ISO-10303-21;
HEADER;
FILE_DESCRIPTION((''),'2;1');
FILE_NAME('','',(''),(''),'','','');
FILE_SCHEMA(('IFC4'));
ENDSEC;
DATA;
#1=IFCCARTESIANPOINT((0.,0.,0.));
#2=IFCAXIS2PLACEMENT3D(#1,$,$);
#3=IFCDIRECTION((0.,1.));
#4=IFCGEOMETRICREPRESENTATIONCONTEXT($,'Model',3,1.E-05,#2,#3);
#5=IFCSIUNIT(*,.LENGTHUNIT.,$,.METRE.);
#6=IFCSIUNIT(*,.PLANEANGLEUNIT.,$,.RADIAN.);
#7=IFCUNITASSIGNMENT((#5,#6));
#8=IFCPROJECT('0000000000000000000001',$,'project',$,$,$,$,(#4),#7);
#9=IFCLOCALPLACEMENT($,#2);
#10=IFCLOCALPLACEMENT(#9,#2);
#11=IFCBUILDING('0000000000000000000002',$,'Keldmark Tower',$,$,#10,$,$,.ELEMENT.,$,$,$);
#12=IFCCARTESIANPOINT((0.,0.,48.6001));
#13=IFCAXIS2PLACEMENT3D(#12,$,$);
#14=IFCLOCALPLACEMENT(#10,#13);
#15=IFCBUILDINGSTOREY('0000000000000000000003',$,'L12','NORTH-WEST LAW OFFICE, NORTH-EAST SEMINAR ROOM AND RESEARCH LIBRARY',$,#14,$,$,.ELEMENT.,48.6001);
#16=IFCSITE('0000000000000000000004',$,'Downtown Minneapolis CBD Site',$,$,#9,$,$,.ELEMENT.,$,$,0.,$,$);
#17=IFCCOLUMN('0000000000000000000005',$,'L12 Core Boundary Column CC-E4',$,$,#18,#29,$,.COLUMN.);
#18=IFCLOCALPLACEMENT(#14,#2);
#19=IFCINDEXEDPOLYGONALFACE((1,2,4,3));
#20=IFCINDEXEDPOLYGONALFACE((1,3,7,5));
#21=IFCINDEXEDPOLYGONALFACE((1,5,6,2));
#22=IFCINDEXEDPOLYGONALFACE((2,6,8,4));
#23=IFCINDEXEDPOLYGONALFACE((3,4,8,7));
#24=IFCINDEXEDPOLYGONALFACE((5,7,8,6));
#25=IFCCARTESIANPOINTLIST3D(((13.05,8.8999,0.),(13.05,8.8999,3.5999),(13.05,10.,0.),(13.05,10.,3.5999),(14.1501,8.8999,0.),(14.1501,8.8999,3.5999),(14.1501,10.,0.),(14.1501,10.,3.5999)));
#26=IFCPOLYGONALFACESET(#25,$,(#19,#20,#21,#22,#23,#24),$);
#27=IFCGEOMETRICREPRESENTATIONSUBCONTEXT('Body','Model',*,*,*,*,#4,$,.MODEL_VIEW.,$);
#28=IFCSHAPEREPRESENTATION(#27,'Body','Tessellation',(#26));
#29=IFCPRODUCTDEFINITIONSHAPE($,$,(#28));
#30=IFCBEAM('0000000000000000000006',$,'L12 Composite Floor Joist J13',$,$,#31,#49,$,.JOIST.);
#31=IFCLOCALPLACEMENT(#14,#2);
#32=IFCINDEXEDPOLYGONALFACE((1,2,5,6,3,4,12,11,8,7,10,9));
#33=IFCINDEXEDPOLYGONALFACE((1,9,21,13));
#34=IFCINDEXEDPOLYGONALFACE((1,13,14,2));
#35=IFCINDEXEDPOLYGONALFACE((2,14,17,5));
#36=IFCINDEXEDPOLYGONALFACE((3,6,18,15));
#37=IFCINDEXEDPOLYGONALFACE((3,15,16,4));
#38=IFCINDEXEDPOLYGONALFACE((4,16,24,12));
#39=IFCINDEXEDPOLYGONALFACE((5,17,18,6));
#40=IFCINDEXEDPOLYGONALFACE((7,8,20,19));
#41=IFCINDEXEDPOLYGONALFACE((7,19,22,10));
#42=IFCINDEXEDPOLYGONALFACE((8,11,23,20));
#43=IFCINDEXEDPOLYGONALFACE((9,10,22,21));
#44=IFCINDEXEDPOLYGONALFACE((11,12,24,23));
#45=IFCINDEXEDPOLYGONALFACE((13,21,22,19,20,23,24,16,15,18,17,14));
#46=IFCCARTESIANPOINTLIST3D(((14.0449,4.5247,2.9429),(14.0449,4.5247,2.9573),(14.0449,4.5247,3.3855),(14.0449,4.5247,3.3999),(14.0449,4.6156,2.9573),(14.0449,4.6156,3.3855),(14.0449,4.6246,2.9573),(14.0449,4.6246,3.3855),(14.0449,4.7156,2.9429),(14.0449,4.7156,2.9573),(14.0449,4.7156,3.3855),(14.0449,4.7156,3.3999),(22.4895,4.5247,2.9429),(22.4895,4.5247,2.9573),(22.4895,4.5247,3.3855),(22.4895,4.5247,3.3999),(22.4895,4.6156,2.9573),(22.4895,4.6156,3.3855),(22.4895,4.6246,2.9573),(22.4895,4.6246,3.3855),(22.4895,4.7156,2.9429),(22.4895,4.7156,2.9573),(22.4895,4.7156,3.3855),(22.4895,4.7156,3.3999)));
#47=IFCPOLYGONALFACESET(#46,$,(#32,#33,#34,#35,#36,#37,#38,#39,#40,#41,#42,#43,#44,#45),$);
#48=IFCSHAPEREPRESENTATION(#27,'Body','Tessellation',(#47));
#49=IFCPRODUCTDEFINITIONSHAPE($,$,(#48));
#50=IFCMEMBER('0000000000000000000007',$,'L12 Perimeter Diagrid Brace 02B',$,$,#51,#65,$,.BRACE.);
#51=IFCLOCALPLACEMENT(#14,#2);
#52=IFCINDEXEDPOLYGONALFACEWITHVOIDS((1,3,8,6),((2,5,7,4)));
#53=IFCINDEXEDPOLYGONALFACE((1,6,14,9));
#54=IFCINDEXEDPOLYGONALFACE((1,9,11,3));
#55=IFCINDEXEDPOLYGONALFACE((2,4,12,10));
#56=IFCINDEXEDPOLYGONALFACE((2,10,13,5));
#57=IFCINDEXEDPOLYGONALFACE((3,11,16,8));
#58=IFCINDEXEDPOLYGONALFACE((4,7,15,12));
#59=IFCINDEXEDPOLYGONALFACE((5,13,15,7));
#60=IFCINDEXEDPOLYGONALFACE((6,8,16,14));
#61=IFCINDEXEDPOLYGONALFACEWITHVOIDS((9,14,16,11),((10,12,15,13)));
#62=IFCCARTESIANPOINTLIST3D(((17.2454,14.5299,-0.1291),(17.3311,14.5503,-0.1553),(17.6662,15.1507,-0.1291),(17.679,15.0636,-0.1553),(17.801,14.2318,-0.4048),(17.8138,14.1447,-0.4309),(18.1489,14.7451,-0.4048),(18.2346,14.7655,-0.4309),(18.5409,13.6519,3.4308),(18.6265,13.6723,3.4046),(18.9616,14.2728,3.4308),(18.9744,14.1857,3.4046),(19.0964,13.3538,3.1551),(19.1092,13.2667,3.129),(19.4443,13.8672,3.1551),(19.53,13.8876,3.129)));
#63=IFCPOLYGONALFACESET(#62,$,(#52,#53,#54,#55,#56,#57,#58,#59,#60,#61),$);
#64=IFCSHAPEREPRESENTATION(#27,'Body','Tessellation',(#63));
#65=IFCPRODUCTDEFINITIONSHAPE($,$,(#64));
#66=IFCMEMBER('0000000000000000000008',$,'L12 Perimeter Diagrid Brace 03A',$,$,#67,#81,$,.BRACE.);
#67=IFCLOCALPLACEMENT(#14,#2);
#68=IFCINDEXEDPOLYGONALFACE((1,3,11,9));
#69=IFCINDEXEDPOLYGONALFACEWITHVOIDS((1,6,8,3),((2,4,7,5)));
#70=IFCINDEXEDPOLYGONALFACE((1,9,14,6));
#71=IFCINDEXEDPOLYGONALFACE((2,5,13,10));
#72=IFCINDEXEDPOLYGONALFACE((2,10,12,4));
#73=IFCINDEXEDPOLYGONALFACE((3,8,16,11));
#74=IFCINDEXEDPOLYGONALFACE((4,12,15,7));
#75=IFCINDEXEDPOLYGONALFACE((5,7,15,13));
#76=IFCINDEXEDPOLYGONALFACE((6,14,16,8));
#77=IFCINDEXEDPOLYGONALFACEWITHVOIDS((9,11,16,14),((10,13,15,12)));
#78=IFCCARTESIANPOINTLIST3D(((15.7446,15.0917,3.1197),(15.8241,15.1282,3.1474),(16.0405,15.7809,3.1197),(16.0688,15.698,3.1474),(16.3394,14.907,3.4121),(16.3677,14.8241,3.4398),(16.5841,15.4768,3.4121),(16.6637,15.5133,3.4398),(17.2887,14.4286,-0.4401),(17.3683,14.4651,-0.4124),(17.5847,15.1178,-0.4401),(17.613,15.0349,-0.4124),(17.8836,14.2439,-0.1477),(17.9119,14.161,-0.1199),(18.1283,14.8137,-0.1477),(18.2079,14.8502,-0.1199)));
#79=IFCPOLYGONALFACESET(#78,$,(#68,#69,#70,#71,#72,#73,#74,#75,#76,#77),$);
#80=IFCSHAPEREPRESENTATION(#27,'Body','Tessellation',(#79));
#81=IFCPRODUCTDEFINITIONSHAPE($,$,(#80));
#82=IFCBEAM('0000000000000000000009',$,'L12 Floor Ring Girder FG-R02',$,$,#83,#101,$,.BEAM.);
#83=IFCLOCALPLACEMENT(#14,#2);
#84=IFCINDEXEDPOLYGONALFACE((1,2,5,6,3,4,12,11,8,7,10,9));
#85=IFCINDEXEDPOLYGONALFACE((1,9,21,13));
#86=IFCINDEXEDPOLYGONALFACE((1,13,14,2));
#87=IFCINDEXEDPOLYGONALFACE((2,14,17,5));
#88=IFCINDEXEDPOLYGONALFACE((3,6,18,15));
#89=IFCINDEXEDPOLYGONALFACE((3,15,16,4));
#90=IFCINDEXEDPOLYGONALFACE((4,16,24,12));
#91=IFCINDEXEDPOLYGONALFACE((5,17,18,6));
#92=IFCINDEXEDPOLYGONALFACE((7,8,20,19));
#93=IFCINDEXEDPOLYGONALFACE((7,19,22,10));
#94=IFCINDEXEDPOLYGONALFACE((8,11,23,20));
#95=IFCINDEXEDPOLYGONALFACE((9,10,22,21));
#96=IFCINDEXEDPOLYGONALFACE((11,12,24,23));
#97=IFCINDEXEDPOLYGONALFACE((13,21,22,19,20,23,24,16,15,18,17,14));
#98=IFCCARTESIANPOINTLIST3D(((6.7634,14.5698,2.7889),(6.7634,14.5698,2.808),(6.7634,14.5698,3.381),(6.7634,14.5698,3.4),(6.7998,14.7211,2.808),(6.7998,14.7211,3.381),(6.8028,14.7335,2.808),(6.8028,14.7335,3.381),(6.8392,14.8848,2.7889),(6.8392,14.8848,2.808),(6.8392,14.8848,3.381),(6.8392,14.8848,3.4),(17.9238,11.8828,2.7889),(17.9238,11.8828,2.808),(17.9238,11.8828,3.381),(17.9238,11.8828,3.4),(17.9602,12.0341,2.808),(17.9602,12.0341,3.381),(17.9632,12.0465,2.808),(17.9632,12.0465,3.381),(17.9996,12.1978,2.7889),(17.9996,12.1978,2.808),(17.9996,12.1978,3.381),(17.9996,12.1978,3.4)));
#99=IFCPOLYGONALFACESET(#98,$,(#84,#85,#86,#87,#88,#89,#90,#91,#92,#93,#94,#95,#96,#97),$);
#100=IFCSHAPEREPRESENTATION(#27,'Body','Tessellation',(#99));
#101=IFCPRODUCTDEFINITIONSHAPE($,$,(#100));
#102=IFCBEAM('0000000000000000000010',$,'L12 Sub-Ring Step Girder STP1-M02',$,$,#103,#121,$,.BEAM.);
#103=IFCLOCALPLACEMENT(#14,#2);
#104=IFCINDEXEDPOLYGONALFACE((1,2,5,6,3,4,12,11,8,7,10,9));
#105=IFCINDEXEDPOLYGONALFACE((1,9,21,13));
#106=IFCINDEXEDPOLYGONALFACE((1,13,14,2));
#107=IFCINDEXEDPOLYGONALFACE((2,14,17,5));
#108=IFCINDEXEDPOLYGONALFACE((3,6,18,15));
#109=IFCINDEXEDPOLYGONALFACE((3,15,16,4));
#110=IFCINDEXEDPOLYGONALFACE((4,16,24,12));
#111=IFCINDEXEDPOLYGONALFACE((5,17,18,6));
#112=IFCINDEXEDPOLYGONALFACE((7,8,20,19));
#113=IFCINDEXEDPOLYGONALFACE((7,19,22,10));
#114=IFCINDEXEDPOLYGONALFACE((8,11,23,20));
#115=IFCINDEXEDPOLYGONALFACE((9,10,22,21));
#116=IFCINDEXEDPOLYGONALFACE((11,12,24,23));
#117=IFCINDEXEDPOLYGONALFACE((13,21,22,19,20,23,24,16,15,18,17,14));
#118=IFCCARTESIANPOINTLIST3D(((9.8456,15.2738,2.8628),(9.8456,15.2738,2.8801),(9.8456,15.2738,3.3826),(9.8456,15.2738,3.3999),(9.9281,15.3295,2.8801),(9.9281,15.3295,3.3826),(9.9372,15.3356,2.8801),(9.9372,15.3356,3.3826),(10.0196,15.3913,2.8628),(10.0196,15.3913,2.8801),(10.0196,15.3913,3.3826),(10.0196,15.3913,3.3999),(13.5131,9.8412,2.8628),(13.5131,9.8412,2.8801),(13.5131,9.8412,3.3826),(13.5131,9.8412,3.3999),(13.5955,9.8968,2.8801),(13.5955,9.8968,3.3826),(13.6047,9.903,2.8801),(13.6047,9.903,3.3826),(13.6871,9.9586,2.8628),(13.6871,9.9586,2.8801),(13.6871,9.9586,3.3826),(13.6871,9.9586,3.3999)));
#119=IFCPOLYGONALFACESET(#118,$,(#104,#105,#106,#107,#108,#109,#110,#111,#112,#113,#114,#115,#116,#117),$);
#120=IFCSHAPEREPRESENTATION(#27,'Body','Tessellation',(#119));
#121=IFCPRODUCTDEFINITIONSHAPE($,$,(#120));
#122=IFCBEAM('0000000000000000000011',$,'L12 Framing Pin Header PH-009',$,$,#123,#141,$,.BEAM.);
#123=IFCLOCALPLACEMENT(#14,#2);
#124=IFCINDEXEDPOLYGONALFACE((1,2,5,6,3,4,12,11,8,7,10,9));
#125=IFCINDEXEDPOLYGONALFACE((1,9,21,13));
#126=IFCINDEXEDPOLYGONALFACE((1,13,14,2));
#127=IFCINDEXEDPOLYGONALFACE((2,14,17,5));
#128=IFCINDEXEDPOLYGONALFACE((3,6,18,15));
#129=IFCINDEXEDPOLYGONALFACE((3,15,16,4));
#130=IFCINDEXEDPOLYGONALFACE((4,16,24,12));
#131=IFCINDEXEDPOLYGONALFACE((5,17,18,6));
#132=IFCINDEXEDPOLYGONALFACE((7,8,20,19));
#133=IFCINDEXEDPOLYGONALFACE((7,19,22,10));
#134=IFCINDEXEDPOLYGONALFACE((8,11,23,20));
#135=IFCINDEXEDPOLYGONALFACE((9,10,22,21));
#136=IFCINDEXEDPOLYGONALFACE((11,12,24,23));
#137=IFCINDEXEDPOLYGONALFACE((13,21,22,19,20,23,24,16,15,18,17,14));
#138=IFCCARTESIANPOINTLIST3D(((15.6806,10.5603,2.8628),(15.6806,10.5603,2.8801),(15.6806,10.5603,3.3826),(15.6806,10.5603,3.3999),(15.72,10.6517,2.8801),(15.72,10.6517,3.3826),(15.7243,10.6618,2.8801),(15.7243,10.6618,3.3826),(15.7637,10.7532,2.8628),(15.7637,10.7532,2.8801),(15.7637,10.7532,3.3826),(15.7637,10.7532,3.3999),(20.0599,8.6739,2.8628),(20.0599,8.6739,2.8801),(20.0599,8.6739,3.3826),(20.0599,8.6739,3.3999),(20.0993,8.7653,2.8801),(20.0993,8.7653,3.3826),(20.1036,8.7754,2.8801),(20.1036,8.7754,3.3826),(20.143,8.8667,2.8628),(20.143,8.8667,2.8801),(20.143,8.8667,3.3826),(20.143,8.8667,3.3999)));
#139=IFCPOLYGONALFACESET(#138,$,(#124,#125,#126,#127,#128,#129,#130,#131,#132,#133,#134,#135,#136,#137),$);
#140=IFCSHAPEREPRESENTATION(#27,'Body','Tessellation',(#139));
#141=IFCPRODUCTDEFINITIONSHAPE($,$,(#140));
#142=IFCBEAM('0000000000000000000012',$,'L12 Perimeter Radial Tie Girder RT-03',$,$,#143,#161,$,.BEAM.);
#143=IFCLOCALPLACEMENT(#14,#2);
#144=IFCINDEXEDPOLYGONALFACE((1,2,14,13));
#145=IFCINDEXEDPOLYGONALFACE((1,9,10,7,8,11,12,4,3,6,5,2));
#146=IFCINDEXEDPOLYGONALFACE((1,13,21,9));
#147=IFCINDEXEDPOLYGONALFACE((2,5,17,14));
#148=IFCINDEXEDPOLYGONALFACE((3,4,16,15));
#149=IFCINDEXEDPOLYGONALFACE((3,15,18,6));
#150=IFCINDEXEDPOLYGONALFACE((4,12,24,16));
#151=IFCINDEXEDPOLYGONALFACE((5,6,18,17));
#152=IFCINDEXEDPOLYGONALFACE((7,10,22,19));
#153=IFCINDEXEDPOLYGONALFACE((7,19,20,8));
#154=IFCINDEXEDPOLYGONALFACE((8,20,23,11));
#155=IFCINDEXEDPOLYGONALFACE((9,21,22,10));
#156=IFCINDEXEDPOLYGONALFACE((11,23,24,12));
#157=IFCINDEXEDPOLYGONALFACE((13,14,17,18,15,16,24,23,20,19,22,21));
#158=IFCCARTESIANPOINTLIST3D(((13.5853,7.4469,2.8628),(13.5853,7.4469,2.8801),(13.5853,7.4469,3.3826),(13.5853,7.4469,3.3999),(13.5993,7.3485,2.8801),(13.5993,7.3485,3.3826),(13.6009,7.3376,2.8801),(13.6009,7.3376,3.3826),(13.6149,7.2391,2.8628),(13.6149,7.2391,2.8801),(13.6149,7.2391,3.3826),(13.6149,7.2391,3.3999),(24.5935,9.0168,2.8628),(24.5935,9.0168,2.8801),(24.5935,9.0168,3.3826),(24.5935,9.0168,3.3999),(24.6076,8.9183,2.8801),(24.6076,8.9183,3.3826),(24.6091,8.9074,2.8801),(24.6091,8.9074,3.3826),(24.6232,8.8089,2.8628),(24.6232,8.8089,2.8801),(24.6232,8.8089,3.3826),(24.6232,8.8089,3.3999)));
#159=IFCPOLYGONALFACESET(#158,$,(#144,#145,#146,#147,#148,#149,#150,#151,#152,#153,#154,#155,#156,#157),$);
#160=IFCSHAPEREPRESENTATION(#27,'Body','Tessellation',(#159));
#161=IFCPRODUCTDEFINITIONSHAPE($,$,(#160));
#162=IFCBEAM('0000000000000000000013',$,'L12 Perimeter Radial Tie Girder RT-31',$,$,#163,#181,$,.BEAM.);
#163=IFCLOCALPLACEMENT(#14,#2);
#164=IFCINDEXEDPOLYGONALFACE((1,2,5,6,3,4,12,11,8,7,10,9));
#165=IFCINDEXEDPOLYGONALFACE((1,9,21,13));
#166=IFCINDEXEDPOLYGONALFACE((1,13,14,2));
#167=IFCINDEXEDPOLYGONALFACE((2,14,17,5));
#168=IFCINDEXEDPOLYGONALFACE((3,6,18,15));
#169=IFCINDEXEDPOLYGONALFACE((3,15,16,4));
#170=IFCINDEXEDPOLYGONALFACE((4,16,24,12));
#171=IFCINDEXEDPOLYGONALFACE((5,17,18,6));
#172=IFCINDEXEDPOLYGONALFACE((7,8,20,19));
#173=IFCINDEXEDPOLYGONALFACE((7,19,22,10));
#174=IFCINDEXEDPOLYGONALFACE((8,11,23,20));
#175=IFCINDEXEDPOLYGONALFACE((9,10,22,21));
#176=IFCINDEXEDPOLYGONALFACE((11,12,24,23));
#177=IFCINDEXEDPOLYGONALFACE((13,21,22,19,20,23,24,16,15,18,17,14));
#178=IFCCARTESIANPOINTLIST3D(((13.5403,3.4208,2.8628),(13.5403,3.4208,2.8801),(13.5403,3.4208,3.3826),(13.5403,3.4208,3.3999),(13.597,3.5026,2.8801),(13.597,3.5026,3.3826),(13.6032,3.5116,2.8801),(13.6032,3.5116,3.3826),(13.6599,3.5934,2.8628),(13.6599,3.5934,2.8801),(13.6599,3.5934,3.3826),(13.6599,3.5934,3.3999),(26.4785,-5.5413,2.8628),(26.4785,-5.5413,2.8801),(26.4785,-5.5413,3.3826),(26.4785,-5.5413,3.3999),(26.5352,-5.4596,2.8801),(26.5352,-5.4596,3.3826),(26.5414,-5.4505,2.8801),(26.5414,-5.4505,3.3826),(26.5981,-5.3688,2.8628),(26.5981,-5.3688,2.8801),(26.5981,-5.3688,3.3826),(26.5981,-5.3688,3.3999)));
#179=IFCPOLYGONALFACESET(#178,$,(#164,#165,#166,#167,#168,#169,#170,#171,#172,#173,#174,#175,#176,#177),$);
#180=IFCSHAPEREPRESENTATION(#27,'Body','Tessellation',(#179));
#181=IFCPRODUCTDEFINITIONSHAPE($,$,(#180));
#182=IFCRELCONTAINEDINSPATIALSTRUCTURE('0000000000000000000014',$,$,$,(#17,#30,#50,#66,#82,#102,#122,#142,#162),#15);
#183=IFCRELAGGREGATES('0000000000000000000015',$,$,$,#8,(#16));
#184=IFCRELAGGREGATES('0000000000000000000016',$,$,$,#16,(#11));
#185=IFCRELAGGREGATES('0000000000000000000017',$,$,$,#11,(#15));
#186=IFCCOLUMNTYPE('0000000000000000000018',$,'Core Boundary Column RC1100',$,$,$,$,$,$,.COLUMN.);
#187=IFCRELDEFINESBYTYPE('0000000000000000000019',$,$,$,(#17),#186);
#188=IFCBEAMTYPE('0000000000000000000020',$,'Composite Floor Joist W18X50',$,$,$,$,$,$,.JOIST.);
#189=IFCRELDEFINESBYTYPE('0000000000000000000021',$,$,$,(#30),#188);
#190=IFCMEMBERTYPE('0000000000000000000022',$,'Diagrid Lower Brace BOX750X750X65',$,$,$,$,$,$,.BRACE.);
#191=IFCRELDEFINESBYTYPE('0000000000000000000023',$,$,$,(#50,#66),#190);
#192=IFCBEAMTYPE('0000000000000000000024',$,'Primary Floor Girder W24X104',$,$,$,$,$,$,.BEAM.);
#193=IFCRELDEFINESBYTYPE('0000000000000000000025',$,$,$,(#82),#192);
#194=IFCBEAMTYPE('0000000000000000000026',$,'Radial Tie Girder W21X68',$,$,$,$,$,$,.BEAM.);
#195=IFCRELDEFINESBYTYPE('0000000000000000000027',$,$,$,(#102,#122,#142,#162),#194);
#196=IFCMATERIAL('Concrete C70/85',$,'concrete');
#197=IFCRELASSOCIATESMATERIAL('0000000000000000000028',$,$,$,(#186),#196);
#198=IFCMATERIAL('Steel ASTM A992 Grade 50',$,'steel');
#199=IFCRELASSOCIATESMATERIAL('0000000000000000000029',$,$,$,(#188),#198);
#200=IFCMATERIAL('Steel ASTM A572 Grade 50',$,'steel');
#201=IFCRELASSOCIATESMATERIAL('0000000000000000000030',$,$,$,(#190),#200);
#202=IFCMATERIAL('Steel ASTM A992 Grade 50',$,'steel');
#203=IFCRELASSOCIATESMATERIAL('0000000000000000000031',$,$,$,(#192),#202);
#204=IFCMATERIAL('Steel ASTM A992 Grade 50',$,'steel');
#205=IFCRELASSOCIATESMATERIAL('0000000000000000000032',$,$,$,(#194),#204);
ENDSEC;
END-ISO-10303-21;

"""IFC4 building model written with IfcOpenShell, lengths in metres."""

from ifc_helpers import new_model, si_unit, direction, frame, origin, origin_2d, place, context, subcontext, project, spatial, rectangle, hollow_rectangle, i_section, extrude, material, material_profile, profile_set, type_object, element, save


model = new_model("IFC4")

# Units and contexts
model_context = context("Model", 3, precision=1e-05, world=origin(), true_north=direction((0.0, 1.0)))
body_context = subcontext(model_context, "Body", "Model", "MODEL_VIEW")
ifc_project = project(units=[si_unit("LENGTHUNIT", "METRE"), si_unit("PLANEANGLEUNIT", "RADIAN")], contexts=[model_context])

# Site, building, storey
site_placement = place(None, origin())
site = spatial("IfcSite", under=ifc_project, at=site_placement, Name="Downtown Minneapolis CBD Site", CompositionType="ELEMENT", RefElevation=0.0)
building_placement = place(site_placement, origin())
building = spatial("IfcBuilding", under=site, at=building_placement, Name="Keldmark Tower", CompositionType="ELEMENT")
storey_placement = place(building_placement, frame((0.0, 0.0, 48.6001)))
storey = spatial("IfcBuildingStorey", under=building, at=storey_placement, Name="L12", Description="NORTH-WEST LAW OFFICE, NORTH-EAST SEMINAR ROOM AND RESEARCH LIBRARY", CompositionType="ELEMENT", Elevation=48.6001)

# Column
ifc_material_1 = material(Name="Concrete C70/85", Category="concrete")
ifc_material_profile_1 = material_profile(ifc_material_1, rectangle(XDim=1.1001, YDim=1.1001, at=origin_2d()), Name="RC1100X1100")
ifc_profile_set_1 = profile_set([ifc_material_profile_1], Name="Concrete C70/85")
column_type = type_object("IfcColumnType", Name="Core Boundary Column RC1100", PredefinedType="COLUMN", material=ifc_profile_set_1)
column_placement = place(storey_placement, frame((13.6001, 9.45, 0.0), z_axis=(0.0, 0.0, 1.0), x_axis=(1.0, 0.0, 0.0)))
element("IfcColumn", 1, at=column_placement, inside=storey, type_object=column_type, Name="L12 Core Boundary Column CC-E4", PredefinedType="COLUMN", context=body_context, shape_type="SweptSolid", body=[
    extrude(rectangle(XDim=1.1001, YDim=1.1001, at=origin_2d()), origin(), (0.0, 0.0, 1.0), 3.5999),
])

# Beam
ifc_material_2 = material(Name="Steel ASTM A992 Grade 50", Category="steel")
ifc_material_profile_2 = material_profile(ifc_material_2, i_section(OverallWidth=0.1909, OverallDepth=0.457, WebThickness=0.009, FlangeThickness=0.0144, at=origin_2d()), Name="W18X50")
ifc_profile_set_2 = profile_set([ifc_material_profile_2], Name="Steel ASTM A992 Grade 50")
beam_type_1 = type_object("IfcBeamType", Name="Composite Floor Joist W18X50", PredefinedType="JOIST", material=ifc_profile_set_2)
beam_1_placement = place(storey_placement, frame((14.0449, 4.6201, 3.1714), z_axis=(1.0, 0.0, 0.0), x_axis=(0.0, 1.0, 0.0)))
element("IfcBeam", 2, at=beam_1_placement, inside=storey, type_object=beam_type_1, Name="L12 Composite Floor Joist J13", PredefinedType="JOIST", context=body_context, shape_type="SweptSolid", body=[
    extrude(i_section(OverallWidth=0.1909, OverallDepth=0.457, WebThickness=0.009, FlangeThickness=0.0144, at=origin_2d()), origin(), (0.0, 0.0, 1.0), 8.4446),
])

# Members
ifc_material_3 = material(Name="Steel ASTM A572 Grade 50", Category="steel")
ifc_material_profile_3 = material_profile(ifc_material_3, hollow_rectangle(XDim=0.75, YDim=0.75, WallThickness=0.0649, at=origin_2d()), Name="BOX750X750X65")
ifc_profile_set_3 = profile_set([ifc_material_profile_3], Name="Steel ASTM A572 Grade 50")
member_type = type_object("IfcMemberType", Name="Diagrid Lower Brace BOX750X750X65", PredefinedType="BRACE", material=ifc_profile_set_3)
member_1_placement = place(storey_placement, frame((17.74, 14.6477, -0.28), z_axis=(0.333131, -0.225771, 0.915451), x_axis=(0.561021, 0.827802, 0.0)))
element("IfcMember", 3, at=member_1_placement, inside=storey, type_object=member_type, Name="L12 Perimeter Diagrid Brace 02B", PredefinedType="BRACE", context=body_context, shape_type="SweptSolid", body=[
    extrude(hollow_rectangle(XDim=0.75, YDim=0.75, WallThickness=0.0649, at=origin_2d()), origin(), (0.0, 0.0, 1.0), 3.8887),
])
member_2_placement = place(storey_placement, frame((17.7483, 14.6394, -0.28), z_axis=(-0.392269, 0.168443, 0.904296), x_axis=(-0.394568, -0.918867, 0.0)))
element("IfcMember", 4, at=member_2_placement, inside=storey, type_object=member_type, Name="L12 Perimeter Diagrid Brace 03A", PredefinedType="BRACE", context=body_context, shape_type="SweptSolid", body=[
    extrude(hollow_rectangle(XDim=0.75, YDim=0.75, WallThickness=0.0649, at=origin_2d()), origin(), (0.0, 0.0, 1.0), 3.9365),
])

# Beams
ifc_material_4 = material(Name="Steel ASTM A992 Grade 50", Category="steel")
ifc_material_profile_4 = material_profile(ifc_material_4, i_section(OverallWidth=0.324, OverallDepth=0.6111, WebThickness=0.0127, FlangeThickness=0.019, at=origin_2d()), Name="W24X104")
ifc_profile_set_4 = profile_set([ifc_material_profile_4], Name="Steel ASTM A992 Grade 50")
beam_type_2 = type_object("IfcBeamType", Name="Primary Floor Girder W24X104", PredefinedType="BEAM", material=ifc_profile_set_4)
beam_2_placement = place(storey_placement, frame((17.9617, 12.0403, 3.0945), z_axis=(-0.972219, 0.234074, 0.0), x_axis=(-0.234074, -0.972219, 0.0)))
element("IfcBeam", 5, at=beam_2_placement, inside=storey, type_object=beam_type_2, Name="L12 Floor Ring Girder FG-R02", PredefinedType="BEAM", context=body_context, shape_type="SweptSolid", body=[
    extrude(i_section(OverallWidth=0.324, OverallDepth=0.6111, WebThickness=0.0127, FlangeThickness=0.019, at=origin_2d()), origin(), (0.0, 0.0, 1.0), 11.4792),
])
ifc_material_5 = material(Name="Steel ASTM A992 Grade 50", Category="steel")
ifc_material_profile_5 = material_profile(ifc_material_5, i_section(OverallWidth=0.21, OverallDepth=0.5371, WebThickness=0.011, FlangeThickness=0.0173, at=origin_2d()), Name="W21X68")
ifc_profile_set_5 = profile_set([ifc_material_profile_5], Name="Steel ASTM A992 Grade 50")
beam_type_3 = type_object("IfcBeamType", Name="Radial Tie Girder W21X68", PredefinedType="BEAM", material=ifc_profile_set_5)
beam_3_placement = place(storey_placement, frame((13.6001, 9.8999, 3.1313), z_axis=(-0.559521, 0.828816, 0.0), x_axis=(-0.828816, -0.559521, 0.0)))
element("IfcBeam", 6, at=beam_3_placement, inside=storey, type_object=beam_type_3, Name="L12 Sub-Ring Step Girder STP1-M02", PredefinedType="BEAM", context=body_context, shape_type="SweptSolid", body=[
    extrude(i_section(OverallWidth=0.21, OverallDepth=0.5371, WebThickness=0.011, FlangeThickness=0.0173, at=origin_2d()), origin(), (0.0, 0.0, 1.0), 6.5547),
])
beam_4_placement = place(storey_placement, frame((15.7222, 10.6567, 3.1313), z_axis=(0.918415, -0.395618, 0.0), x_axis=(0.395618, 0.918415, 0.0)))
element("IfcBeam", 7, at=beam_4_placement, inside=storey, type_object=beam_type_3, Name="L12 Framing Pin Header PH-009", PredefinedType="BEAM", context=body_context, shape_type="SweptSolid", body=[
    extrude(i_section(OverallWidth=0.21, OverallDepth=0.5371, WebThickness=0.011, FlangeThickness=0.0173, at=origin_2d()), origin(), (0.0, 0.0, 1.0), 4.7683),
])
beam_5_placement = place(storey_placement, frame((13.6001, 7.343, 3.1313), z_axis=(0.989985, 0.141175, 0.0), x_axis=(-0.141175, 0.989985, 0.0)))
element("IfcBeam", 8, at=beam_5_placement, inside=storey, type_object=beam_type_3, Name="L12 Perimeter Radial Tie Girder RT-03", PredefinedType="BEAM", context=body_context, shape_type="SweptSolid", body=[
    extrude(i_section(OverallWidth=0.21, OverallDepth=0.5371, WebThickness=0.011, FlangeThickness=0.0173, at=origin_2d()), origin(), (0.0, 0.0, 1.0), 11.1196),
])
beam_6_placement = place(storey_placement, frame((13.6001, 3.5071, 3.1313), z_axis=(0.822046, -0.569421, 0.0), x_axis=(0.569421, 0.822046, 0.0)))
element("IfcBeam", 9, at=beam_6_placement, inside=storey, type_object=beam_type_3, Name="L12 Perimeter Radial Tie Girder RT-31", PredefinedType="BEAM", context=body_context, shape_type="SweptSolid", body=[
    extrude(i_section(OverallWidth=0.21, OverallDepth=0.5371, WebThickness=0.011, FlangeThickness=0.0173, at=origin_2d()), origin(), (0.0, 0.0, 1.0), 15.739),
])

save(model, "model.ifc")
